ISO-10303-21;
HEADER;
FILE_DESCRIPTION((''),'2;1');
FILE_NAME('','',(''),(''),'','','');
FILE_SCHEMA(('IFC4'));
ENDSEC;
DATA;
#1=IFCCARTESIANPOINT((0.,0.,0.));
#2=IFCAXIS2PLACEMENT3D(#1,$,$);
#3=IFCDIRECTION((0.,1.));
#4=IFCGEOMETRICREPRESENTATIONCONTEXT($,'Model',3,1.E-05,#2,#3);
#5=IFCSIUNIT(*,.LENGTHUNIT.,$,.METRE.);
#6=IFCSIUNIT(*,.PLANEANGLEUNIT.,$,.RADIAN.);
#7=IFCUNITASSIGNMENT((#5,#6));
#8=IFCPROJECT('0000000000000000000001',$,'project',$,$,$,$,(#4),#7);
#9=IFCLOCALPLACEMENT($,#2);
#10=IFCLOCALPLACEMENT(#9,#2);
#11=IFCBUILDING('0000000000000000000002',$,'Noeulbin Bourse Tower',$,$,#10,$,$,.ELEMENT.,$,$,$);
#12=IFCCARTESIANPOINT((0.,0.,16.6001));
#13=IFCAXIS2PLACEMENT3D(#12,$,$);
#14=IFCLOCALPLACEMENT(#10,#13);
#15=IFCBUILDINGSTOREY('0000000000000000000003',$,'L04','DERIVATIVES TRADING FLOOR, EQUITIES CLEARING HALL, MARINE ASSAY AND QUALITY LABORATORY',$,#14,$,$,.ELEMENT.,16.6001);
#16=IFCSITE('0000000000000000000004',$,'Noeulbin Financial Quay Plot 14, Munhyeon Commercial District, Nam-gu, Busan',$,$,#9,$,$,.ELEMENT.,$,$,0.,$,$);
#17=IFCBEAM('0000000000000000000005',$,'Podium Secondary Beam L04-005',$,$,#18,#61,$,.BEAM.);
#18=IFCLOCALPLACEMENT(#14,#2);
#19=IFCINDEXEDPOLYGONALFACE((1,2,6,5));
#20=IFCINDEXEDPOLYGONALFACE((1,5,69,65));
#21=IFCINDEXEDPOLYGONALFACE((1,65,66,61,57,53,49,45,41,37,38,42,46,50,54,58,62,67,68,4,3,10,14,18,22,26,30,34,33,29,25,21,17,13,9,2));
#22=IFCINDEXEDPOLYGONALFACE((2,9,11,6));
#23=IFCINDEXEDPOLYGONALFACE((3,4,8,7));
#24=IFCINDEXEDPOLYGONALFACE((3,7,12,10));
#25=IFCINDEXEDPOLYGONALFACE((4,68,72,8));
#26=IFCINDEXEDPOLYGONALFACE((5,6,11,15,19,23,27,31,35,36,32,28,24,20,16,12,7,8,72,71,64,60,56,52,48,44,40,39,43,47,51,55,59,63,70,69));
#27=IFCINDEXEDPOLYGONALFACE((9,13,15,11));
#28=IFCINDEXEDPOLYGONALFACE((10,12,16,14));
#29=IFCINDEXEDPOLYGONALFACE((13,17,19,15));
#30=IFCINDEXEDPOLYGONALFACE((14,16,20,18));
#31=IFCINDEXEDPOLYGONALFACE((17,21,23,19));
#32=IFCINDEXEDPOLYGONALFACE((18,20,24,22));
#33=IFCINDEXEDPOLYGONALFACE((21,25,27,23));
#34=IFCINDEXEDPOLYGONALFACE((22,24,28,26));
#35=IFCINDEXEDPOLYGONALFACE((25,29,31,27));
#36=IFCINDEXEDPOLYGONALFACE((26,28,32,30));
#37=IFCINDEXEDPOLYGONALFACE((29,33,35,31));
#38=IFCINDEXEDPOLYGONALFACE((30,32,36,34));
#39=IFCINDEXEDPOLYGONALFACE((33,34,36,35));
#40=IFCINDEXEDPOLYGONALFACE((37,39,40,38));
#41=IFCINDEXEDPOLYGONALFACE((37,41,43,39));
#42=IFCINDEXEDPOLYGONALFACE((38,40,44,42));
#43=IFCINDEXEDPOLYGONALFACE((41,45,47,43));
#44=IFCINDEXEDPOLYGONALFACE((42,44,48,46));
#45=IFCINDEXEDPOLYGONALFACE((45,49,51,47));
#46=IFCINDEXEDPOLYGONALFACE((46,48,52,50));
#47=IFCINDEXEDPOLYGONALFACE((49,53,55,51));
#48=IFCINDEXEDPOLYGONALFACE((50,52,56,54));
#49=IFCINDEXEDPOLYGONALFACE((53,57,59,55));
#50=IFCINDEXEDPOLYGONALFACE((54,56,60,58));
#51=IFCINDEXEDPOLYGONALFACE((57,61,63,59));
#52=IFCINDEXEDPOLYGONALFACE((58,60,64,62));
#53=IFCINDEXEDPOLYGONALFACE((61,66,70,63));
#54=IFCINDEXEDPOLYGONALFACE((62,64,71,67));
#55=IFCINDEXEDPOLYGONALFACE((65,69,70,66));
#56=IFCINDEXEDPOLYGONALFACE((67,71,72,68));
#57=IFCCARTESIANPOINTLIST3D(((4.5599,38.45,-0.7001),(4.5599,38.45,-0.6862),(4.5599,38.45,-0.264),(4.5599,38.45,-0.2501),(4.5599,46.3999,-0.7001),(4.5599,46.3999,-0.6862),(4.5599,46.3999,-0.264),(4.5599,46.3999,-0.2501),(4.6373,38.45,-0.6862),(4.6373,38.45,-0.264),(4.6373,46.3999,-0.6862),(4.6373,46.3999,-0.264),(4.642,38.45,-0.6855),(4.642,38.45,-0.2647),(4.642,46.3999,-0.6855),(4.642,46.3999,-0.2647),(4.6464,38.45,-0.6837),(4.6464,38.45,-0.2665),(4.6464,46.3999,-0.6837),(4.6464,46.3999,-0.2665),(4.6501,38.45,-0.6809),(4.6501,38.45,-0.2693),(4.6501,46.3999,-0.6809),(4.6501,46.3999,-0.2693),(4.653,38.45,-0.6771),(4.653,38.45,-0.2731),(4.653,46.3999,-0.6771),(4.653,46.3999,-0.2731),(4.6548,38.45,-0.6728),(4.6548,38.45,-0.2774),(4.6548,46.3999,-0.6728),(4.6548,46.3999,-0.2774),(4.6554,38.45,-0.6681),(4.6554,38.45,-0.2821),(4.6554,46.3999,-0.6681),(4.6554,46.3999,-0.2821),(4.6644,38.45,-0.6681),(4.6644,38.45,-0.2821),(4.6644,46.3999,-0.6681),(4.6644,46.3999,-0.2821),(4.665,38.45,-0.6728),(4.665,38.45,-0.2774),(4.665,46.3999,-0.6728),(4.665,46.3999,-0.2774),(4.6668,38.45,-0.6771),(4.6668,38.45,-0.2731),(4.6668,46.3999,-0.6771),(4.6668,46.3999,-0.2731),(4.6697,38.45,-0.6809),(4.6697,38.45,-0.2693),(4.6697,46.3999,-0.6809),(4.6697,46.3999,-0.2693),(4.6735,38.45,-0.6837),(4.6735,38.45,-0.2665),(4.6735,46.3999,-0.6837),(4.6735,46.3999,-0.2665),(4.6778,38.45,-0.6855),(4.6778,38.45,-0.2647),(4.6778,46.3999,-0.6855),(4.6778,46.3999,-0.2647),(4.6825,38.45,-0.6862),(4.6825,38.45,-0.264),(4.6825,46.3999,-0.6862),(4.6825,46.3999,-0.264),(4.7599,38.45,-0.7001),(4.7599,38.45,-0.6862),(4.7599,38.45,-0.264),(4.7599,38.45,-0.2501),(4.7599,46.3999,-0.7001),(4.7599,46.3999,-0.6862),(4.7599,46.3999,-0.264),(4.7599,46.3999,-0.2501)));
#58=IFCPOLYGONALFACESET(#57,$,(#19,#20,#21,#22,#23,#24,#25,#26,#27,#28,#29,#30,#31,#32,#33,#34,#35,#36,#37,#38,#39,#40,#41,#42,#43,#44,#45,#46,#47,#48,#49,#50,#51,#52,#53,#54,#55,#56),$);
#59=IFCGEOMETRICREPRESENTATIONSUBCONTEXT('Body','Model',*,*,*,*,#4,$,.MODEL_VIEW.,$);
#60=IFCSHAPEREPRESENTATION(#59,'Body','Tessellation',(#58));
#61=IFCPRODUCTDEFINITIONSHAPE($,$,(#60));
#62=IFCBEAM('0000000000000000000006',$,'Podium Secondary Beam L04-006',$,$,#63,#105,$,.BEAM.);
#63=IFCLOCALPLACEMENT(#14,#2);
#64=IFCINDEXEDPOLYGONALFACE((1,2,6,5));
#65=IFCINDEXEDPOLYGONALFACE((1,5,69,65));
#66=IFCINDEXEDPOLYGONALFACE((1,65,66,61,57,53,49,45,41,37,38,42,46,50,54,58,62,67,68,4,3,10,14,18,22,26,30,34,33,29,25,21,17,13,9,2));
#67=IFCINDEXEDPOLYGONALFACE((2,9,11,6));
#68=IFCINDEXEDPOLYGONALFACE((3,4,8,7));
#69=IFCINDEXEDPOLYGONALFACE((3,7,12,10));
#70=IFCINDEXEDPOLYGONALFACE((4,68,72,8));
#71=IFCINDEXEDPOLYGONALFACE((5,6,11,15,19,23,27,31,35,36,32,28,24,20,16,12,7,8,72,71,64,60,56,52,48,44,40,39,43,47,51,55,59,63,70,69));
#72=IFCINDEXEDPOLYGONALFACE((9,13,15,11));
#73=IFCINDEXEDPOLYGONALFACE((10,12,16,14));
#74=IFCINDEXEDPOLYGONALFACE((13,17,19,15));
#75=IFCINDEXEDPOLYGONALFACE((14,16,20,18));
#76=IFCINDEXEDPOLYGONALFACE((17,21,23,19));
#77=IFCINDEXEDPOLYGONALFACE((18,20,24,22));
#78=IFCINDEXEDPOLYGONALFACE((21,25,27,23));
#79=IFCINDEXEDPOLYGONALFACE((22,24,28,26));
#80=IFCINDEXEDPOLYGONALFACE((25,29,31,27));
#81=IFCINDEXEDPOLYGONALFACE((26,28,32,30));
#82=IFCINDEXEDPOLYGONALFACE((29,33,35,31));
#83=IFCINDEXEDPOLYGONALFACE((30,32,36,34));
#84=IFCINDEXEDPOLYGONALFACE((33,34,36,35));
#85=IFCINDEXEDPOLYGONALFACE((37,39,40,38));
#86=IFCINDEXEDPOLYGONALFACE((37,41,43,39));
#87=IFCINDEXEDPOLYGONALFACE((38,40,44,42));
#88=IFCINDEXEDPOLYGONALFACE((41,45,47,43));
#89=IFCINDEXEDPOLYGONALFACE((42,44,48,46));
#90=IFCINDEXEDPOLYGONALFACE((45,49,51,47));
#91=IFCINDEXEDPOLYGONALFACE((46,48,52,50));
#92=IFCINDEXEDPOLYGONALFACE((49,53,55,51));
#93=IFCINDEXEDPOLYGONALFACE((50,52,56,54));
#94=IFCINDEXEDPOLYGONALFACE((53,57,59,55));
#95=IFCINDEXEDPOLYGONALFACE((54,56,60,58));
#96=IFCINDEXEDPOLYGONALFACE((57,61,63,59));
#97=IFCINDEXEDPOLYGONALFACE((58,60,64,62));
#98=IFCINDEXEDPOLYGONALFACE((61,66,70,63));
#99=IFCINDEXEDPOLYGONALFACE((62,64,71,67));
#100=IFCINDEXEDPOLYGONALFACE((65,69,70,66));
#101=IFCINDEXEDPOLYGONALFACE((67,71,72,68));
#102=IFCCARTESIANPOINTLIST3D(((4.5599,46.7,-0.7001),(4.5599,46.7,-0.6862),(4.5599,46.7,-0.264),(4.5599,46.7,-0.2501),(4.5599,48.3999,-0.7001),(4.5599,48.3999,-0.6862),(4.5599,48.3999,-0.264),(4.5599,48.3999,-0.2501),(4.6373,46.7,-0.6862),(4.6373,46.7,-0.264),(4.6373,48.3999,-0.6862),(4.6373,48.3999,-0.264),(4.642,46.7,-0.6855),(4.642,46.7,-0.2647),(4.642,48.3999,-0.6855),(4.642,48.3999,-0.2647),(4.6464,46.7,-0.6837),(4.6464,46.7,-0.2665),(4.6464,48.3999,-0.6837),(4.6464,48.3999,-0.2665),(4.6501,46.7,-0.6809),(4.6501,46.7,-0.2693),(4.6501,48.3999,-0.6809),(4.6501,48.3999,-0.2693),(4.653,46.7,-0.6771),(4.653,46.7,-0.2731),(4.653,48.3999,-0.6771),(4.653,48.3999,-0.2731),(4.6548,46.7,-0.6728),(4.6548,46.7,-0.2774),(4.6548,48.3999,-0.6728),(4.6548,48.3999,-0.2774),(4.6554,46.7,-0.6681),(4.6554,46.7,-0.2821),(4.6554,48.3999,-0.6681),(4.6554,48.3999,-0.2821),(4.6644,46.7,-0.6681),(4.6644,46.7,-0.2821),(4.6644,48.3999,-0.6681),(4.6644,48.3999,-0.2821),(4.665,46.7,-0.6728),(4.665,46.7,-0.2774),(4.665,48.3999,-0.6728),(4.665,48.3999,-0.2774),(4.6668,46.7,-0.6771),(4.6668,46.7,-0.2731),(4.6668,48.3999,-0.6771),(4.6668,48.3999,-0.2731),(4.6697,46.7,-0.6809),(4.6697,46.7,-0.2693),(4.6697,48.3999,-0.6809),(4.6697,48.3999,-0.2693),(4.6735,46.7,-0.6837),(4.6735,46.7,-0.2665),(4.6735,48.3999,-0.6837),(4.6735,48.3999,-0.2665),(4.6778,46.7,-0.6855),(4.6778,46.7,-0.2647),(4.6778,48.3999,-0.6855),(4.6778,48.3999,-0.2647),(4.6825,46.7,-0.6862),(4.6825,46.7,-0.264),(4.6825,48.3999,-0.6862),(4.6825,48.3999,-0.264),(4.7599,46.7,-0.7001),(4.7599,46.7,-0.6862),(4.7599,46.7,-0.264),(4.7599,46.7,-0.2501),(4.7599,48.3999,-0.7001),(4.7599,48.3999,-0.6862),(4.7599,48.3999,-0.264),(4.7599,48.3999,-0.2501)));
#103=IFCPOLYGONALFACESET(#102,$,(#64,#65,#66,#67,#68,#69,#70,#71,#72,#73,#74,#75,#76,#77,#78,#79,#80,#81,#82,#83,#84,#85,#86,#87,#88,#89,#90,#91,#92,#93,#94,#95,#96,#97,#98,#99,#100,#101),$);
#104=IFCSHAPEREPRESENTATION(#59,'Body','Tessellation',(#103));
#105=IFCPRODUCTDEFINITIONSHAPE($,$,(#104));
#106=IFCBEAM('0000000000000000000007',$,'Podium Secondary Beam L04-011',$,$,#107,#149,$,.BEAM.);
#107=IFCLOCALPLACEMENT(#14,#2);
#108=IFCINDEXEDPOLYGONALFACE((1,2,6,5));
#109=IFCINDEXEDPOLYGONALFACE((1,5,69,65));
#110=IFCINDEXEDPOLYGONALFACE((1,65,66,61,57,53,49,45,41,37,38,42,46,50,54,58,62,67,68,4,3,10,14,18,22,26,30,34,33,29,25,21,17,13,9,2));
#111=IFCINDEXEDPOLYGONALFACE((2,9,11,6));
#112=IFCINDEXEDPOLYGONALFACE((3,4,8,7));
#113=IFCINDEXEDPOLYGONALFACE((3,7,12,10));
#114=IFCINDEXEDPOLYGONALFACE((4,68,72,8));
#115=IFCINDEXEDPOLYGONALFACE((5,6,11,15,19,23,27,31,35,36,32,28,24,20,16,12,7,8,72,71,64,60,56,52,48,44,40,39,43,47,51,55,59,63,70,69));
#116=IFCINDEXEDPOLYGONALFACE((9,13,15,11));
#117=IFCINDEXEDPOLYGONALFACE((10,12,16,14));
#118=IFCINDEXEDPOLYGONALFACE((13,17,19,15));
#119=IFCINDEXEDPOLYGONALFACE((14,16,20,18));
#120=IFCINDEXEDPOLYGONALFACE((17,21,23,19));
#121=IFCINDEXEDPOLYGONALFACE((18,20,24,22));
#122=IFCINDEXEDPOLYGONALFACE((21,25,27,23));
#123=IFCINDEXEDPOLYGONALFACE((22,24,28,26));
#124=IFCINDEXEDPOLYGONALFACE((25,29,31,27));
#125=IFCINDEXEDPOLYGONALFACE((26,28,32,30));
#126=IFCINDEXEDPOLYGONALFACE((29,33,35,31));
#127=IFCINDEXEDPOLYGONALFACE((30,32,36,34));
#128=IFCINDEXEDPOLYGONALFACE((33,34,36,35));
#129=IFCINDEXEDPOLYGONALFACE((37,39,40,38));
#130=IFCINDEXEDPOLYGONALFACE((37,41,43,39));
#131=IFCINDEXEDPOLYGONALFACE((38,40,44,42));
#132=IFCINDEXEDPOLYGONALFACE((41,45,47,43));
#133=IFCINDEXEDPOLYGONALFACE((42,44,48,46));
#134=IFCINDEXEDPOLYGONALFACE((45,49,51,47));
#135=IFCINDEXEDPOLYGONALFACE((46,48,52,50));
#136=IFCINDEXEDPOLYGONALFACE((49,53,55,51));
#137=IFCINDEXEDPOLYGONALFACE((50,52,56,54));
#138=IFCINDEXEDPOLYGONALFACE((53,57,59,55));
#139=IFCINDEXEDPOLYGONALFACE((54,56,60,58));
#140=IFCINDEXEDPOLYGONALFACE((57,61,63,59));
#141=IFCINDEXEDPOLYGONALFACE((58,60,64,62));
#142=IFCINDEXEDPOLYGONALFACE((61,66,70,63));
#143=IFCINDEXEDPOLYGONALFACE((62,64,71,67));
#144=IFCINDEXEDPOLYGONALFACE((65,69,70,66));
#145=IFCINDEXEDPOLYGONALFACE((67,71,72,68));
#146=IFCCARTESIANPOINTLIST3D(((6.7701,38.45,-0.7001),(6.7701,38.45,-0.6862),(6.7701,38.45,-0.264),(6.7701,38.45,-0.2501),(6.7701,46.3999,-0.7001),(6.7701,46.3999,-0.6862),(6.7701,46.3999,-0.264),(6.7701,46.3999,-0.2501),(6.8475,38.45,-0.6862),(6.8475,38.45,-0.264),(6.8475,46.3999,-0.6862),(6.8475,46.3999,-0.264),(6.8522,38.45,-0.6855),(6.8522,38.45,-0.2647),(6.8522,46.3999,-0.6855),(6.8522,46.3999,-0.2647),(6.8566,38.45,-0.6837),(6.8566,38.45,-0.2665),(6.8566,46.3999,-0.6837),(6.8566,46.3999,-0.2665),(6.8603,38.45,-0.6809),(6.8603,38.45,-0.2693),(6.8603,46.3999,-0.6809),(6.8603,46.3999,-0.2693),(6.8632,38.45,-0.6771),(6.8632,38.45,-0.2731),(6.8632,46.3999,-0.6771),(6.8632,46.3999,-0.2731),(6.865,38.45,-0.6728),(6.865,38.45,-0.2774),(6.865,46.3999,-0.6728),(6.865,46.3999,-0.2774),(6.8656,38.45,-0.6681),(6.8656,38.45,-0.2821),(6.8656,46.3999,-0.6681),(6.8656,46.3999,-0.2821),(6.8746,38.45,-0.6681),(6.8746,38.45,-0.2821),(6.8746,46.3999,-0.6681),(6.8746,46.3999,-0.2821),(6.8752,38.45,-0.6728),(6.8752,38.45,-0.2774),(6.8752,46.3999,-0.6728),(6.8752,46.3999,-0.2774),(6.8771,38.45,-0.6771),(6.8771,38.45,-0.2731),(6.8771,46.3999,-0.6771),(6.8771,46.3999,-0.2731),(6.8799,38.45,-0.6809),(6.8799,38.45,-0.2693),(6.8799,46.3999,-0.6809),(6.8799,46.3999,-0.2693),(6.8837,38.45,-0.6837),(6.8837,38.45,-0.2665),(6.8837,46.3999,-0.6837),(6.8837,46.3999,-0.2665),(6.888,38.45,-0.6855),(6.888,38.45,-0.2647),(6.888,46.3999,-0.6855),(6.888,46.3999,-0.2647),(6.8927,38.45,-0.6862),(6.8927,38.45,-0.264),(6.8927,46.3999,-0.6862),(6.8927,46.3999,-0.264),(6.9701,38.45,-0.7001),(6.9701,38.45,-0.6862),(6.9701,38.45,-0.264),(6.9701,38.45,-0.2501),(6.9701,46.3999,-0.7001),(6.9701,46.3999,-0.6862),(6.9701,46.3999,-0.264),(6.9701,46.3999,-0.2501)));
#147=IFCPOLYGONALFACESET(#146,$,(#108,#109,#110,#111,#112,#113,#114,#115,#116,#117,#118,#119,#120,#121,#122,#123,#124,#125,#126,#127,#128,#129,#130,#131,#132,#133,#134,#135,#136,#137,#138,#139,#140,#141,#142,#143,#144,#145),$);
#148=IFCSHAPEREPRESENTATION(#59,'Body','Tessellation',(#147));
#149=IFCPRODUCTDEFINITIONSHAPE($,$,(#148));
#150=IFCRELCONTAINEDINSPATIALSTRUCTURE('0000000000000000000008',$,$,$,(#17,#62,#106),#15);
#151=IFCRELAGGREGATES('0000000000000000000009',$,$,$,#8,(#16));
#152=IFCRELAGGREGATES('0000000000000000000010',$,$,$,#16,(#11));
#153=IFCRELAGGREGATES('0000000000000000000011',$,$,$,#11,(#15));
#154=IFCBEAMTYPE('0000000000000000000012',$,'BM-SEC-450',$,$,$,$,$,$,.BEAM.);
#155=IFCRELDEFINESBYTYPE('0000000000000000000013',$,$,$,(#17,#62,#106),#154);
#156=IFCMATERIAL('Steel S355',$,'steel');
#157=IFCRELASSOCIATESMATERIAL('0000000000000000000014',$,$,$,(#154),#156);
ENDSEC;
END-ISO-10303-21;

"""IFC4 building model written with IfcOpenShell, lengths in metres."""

from ifc_helpers import new_model, si_unit, direction, frame, origin, origin_2d, place, context, subcontext, project, spatial, i_section, extrude, material, material_profile, profile_set, type_object, element, save


model = new_model("IFC4")

# Units and contexts
model_context = context("Model", 3, precision=1e-05, world=origin(), true_north=direction((0.0, 1.0)))
body_context = subcontext(model_context, "Body", "Model", "MODEL_VIEW")
ifc_project = project(units=[si_unit("LENGTHUNIT", "METRE"), si_unit("PLANEANGLEUNIT", "RADIAN")], contexts=[model_context])

# Site, building, storey
site_placement = place(None, origin())
site = spatial("IfcSite", under=ifc_project, at=site_placement, Name="Noeulbin Financial Quay Plot 14, Munhyeon Commercial District, Nam-gu, Busan", CompositionType="ELEMENT", RefElevation=0.0)
building_placement = place(site_placement, origin())
building = spatial("IfcBuilding", under=site, at=building_placement, Name="Noeulbin Bourse Tower", CompositionType="ELEMENT")
storey_placement = place(building_placement, frame((0.0, 0.0, 16.6001)))
storey = spatial("IfcBuildingStorey", under=building, at=storey_placement, Name="L04", Description="DERIVATIVES TRADING FLOOR, EQUITIES CLEARING HALL, MARINE ASSAY AND QUALITY LABORATORY", CompositionType="ELEMENT", Elevation=16.6001)

# Beams
ifc_material_1 = material(Name="Steel S355", Category="steel")
ifc_material_profile_1 = material_profile(ifc_material_1, i_section(OverallWidth=0.2, OverallDepth=0.45, WebThickness=0.009, FlangeThickness=0.0139, FilletRadius=0.0181, at=origin_2d()), Name="H-450x200x9x14", Category="LoadBearing")
ifc_profile_set_1 = profile_set([ifc_material_profile_1], Name="Steel S355")
beam_type_1 = type_object("IfcBeamType", Name="BM-SEC-450", PredefinedType="BEAM", material=ifc_profile_set_1)
beam_1_placement = place(storey_placement, frame((4.6599, 38.45, -0.4751), z_axis=(0.0, 1.0, 0.0), x_axis=(-1.0, 0.0, 0.0)))
element("IfcBeam", 1, at=beam_1_placement, inside=storey, type_object=beam_type_1, Name="Podium Secondary Beam L04-005", PredefinedType="BEAM", context=body_context, shape_type="SweptSolid", body=[
    extrude(i_section(OverallWidth=0.2, OverallDepth=0.45, WebThickness=0.009, FlangeThickness=0.0139, FilletRadius=0.0181, at=origin_2d()), origin(), (0.0, 0.0, 1.0), 7.95),
])
beam_2_placement = place(storey_placement, frame((4.6599, 46.7, -0.4751), z_axis=(0.0, 1.0, 0.0), x_axis=(-1.0, 0.0, 0.0)))
element("IfcBeam", 2, at=beam_2_placement, inside=storey, type_object=beam_type_1, Name="Podium Secondary Beam L04-006", PredefinedType="BEAM", context=body_context, shape_type="SweptSolid", body=[
    extrude(i_section(OverallWidth=0.2, OverallDepth=0.45, WebThickness=0.009, FlangeThickness=0.0139, FilletRadius=0.0181, at=origin_2d()), origin(), (0.0, 0.0, 1.0), 1.7),
])
beam_3_placement = place(storey_placement, frame((6.8701, 38.45, -0.4751), z_axis=(0.0, 1.0, 0.0), x_axis=(-1.0, 0.0, 0.0)))
element("IfcBeam", 3, at=beam_3_placement, inside=storey, type_object=beam_type_1, Name="Podium Secondary Beam L04-011", PredefinedType="BEAM", context=body_context, shape_type="SweptSolid", body=[
    extrude(i_section(OverallWidth=0.2, OverallDepth=0.45, WebThickness=0.009, FlangeThickness=0.0139, FilletRadius=0.0181, at=origin_2d()), origin(), (0.0, 0.0, 1.0), 7.95),
])

save(model, "model.ifc")
